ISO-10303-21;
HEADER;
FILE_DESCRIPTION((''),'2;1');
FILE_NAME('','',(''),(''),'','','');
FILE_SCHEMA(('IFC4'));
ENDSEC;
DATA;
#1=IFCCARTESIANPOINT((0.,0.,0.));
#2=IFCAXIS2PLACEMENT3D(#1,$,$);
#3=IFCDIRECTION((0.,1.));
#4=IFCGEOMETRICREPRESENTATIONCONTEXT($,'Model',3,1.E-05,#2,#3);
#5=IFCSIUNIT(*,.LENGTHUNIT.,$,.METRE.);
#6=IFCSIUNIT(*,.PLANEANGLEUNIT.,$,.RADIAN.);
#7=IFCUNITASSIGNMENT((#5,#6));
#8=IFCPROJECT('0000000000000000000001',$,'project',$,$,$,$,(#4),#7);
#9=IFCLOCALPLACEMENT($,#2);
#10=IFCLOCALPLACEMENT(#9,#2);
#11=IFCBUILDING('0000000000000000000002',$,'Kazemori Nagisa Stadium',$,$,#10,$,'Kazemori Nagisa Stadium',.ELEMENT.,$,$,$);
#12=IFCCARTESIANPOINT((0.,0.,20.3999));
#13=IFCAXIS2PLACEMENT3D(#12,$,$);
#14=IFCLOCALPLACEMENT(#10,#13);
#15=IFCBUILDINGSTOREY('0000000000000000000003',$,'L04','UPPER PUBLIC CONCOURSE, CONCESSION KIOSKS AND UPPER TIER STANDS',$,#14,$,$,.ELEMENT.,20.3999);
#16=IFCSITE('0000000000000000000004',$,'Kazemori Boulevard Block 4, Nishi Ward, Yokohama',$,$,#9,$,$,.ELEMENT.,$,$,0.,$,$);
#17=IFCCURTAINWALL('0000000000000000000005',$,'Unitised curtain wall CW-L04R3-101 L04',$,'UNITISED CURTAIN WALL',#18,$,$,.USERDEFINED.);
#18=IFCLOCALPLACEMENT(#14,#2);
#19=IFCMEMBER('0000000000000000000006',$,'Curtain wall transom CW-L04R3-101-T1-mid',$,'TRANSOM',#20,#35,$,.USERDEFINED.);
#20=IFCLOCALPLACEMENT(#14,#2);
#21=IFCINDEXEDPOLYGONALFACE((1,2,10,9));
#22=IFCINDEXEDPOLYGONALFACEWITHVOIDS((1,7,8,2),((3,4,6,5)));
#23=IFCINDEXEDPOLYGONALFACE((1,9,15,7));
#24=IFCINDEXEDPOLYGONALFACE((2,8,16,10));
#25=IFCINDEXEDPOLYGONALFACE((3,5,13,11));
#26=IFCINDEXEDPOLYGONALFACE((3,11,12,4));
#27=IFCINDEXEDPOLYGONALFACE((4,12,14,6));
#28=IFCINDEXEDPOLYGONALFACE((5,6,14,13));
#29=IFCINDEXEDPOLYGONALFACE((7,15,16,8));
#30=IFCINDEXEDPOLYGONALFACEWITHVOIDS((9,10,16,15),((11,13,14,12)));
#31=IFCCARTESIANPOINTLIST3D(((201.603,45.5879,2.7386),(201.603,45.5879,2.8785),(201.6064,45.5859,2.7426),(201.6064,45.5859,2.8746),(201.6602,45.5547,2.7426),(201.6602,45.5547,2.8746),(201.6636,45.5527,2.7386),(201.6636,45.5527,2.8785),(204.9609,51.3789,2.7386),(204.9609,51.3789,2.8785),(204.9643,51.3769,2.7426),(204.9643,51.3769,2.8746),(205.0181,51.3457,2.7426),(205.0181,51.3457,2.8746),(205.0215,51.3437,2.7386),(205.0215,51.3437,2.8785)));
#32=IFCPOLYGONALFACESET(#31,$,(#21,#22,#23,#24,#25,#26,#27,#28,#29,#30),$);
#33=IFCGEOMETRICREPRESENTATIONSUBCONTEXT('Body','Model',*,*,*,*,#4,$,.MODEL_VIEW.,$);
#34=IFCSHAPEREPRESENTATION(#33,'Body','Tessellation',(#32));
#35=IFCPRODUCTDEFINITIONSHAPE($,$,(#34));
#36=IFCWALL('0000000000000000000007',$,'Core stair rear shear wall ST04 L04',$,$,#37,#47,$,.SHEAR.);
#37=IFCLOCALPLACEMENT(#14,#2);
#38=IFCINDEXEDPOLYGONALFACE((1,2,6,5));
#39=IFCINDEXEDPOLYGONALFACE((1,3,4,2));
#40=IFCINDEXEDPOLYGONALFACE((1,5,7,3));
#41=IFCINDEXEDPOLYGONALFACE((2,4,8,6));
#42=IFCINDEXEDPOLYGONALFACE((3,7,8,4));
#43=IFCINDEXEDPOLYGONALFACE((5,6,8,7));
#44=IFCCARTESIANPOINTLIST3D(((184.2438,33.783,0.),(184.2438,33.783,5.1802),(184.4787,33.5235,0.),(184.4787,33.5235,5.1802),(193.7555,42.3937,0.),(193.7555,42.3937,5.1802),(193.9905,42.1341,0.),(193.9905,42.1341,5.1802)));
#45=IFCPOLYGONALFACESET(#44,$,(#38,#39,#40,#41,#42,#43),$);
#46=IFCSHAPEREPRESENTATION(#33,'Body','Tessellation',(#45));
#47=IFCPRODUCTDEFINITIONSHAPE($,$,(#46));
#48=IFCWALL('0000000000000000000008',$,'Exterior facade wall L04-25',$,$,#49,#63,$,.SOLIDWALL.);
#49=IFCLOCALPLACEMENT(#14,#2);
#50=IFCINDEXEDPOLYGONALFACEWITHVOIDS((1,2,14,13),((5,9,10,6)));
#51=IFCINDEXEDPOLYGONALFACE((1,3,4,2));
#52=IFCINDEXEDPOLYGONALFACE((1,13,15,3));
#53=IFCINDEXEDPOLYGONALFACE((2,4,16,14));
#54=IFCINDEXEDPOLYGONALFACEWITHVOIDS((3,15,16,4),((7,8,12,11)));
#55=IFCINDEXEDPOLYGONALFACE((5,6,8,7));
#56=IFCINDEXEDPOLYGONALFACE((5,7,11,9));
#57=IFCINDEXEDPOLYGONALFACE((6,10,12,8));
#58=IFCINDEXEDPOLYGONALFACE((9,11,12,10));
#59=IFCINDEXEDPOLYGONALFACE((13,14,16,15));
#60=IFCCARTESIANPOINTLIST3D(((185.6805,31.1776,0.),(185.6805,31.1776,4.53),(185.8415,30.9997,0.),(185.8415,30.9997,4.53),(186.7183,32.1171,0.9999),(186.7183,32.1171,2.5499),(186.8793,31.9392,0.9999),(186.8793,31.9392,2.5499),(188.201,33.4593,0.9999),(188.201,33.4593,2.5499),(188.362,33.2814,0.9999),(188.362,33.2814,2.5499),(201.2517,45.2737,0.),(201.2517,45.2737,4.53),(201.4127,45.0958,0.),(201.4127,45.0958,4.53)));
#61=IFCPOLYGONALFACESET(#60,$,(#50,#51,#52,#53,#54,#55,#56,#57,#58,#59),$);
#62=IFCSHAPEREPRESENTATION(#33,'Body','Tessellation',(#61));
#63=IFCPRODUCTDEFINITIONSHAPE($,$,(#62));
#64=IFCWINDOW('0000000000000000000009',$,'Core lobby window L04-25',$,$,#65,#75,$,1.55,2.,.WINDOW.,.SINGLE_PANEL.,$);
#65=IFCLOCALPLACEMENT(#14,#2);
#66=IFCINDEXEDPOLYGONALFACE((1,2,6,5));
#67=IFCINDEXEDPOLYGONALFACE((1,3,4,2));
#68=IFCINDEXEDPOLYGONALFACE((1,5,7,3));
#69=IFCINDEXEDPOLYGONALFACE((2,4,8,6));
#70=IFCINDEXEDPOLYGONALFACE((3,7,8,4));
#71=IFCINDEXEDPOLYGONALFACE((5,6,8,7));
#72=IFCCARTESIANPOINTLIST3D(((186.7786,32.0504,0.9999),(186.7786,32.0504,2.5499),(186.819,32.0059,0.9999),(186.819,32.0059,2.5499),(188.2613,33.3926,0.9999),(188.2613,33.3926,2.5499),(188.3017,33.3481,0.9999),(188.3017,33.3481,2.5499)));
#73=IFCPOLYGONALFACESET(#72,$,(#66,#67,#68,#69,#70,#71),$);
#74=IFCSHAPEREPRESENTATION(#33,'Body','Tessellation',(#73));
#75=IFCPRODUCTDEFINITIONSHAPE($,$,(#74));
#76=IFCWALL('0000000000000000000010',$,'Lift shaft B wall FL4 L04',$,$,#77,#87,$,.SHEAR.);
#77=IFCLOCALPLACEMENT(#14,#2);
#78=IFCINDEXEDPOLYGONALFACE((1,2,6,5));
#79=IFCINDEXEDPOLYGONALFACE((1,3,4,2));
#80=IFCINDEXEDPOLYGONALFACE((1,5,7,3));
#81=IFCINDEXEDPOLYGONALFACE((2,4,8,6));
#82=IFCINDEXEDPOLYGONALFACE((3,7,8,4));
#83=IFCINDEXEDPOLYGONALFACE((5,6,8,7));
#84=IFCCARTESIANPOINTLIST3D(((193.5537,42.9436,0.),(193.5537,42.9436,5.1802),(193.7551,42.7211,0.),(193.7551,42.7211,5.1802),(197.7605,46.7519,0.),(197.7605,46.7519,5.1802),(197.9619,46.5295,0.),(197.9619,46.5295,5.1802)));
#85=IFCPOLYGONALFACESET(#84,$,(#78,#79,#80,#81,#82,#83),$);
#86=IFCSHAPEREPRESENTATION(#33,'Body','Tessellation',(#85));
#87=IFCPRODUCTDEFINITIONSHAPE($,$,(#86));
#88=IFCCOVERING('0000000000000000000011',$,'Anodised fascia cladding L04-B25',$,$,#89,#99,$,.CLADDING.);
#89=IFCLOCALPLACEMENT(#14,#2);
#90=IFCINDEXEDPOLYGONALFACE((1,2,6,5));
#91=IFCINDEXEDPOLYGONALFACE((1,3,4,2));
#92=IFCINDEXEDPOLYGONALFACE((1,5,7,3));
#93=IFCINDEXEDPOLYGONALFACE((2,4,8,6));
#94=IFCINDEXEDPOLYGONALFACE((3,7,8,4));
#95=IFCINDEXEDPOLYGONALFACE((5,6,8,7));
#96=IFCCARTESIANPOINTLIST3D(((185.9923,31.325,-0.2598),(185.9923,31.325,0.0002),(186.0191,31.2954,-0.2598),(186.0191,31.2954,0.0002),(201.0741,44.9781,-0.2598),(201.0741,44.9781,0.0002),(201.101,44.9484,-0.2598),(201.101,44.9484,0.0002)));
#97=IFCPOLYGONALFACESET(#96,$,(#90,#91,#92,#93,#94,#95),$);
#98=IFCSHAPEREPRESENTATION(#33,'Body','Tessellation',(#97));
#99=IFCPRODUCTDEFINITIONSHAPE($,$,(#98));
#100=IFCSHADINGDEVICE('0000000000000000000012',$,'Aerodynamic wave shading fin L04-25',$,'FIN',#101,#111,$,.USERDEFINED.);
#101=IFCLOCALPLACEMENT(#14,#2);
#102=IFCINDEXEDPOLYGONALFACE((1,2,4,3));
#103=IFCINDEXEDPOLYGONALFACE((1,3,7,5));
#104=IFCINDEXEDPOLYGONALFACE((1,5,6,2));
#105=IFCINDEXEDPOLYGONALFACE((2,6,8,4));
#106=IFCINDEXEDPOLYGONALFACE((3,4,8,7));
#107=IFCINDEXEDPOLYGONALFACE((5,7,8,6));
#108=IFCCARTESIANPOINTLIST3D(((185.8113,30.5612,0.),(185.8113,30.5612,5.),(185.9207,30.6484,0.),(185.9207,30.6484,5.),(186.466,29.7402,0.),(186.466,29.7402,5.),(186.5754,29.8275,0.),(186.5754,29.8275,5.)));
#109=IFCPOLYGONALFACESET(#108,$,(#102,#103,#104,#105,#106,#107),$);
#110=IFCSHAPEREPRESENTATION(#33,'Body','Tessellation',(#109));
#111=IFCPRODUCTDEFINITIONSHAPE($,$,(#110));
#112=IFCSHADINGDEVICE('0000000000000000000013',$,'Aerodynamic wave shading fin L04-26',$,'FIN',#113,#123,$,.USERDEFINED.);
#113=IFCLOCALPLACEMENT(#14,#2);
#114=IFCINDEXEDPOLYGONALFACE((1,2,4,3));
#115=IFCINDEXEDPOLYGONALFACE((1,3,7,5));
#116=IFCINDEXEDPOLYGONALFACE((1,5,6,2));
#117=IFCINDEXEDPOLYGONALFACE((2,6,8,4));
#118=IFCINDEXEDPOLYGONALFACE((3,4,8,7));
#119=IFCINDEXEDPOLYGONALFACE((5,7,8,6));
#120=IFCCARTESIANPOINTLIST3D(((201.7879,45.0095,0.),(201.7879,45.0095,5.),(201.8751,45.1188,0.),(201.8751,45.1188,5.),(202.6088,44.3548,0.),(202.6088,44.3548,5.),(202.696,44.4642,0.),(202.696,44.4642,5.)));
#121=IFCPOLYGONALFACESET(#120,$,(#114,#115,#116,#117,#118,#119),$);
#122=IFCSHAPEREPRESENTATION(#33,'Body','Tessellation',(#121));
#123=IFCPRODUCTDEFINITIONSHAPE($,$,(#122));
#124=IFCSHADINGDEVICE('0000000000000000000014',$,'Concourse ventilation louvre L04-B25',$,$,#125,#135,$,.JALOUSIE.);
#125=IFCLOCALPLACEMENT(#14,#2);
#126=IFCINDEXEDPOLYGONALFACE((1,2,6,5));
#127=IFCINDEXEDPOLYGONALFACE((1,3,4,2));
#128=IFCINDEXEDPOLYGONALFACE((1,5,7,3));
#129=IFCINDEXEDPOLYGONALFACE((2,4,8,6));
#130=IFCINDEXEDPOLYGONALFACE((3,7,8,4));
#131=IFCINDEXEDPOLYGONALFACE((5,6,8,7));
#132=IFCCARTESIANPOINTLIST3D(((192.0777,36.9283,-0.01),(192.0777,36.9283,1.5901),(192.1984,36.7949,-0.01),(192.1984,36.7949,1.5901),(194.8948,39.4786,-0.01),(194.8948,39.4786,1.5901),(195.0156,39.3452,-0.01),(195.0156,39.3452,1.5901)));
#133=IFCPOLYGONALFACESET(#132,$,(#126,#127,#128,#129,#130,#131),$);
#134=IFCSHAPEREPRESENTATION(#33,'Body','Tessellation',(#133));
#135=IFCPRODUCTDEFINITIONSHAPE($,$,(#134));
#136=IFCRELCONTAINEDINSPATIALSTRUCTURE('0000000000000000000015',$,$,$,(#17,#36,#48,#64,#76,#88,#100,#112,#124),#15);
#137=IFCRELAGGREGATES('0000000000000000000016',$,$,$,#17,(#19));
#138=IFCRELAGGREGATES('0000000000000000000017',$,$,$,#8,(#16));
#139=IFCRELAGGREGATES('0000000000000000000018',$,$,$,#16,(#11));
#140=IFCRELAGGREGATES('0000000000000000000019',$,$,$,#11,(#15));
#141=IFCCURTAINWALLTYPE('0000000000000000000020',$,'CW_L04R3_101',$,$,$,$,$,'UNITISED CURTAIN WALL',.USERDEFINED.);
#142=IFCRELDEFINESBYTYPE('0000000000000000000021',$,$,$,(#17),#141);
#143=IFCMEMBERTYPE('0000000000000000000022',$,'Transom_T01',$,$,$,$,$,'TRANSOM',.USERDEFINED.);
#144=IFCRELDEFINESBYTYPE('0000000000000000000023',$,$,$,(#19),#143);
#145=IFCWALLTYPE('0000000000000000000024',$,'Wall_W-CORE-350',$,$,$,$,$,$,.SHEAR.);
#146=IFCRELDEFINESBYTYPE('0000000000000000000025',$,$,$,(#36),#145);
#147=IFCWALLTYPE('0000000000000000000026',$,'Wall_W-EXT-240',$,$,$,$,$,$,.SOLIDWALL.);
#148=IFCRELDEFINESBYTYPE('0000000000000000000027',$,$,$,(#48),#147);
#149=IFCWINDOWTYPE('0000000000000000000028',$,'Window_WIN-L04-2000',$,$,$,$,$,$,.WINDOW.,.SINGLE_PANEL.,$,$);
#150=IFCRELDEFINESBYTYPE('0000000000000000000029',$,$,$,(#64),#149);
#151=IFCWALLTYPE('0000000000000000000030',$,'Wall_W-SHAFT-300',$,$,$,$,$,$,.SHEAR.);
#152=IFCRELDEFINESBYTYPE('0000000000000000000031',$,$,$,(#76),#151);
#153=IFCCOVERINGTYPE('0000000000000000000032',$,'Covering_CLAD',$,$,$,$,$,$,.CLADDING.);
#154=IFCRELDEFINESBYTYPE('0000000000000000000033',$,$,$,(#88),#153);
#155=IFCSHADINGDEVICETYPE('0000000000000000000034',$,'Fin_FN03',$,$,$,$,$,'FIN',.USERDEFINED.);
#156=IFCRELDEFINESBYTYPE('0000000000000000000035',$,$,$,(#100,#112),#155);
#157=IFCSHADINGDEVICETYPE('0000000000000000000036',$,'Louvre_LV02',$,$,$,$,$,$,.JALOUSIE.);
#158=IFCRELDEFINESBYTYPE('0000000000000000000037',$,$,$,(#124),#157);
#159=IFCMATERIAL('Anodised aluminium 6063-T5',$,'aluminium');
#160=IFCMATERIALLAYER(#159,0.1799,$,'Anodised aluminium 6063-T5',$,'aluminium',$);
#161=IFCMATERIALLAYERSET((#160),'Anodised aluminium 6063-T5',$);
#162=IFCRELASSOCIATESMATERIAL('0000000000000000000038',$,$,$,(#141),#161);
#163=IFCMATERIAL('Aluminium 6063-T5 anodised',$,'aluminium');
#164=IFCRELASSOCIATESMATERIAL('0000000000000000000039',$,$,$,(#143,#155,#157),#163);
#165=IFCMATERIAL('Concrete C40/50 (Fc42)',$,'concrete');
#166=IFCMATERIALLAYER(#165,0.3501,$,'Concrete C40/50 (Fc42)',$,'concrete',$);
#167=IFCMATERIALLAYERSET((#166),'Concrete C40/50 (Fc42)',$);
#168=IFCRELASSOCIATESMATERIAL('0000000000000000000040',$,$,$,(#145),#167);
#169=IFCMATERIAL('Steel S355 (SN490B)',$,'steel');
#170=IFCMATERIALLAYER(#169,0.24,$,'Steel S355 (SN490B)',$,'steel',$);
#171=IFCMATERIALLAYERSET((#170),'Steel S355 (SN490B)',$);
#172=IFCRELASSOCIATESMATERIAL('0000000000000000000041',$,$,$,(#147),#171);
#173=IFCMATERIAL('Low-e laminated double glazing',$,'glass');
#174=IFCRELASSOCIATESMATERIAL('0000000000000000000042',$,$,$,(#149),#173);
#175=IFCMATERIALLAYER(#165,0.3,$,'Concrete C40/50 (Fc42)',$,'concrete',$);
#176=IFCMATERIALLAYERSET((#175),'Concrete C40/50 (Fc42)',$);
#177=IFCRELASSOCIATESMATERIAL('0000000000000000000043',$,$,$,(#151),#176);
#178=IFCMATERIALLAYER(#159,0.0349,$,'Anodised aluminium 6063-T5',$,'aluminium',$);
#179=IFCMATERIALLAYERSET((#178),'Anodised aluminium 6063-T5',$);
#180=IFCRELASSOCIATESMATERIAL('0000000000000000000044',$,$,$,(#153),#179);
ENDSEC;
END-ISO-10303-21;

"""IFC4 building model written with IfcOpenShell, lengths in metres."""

from ifc_helpers import new_model, si_unit, direction, frame, frame_2d, origin, origin_2d, place, context, subcontext, project, spatial, rectangle, hollow_rectangle, extrude, material, layer, layer_set, material_profile, profile_set, type_object, element, fill, aggregate, save


model = new_model("IFC4")

# Units and contexts
model_context = context("Model", 3, precision=1e-05, world=origin(), true_north=direction((0.0, 1.0)))
body_context = subcontext(model_context, "Body", "Model", "MODEL_VIEW")
ifc_project = project(units=[si_unit("LENGTHUNIT", "METRE"), si_unit("PLANEANGLEUNIT", "RADIAN")], contexts=[model_context])

# Site, building, storey
site_placement = place(None, origin())
site = spatial("IfcSite", under=ifc_project, at=site_placement, Name="Kazemori Boulevard Block 4, Nishi Ward, Yokohama", CompositionType="ELEMENT", RefElevation=0.0)
building_placement = place(site_placement, origin())
building = spatial("IfcBuilding", under=site, at=building_placement, Name="Kazemori Nagisa Stadium", LongName="Kazemori Nagisa Stadium", CompositionType="ELEMENT")
storey_placement = place(building_placement, frame((0.0, 0.0, 20.3999)))
storey = spatial("IfcBuildingStorey", under=building, at=storey_placement, Name="L04", Description="UPPER PUBLIC CONCOURSE, CONCESSION KIOSKS AND UPPER TIER STANDS", CompositionType="ELEMENT", Elevation=20.3999)

# Shared definitions
ifc_material_1 = material(Name="Concrete C40/50 (Fc42)", Category="concrete")

# Curtain wall, member
ifc_material_2 = material(Name="Anodised aluminium 6063-T5", Category="aluminium")
ifc_layer_1 = layer(ifc_material_2, 0.1799, Name="Anodised aluminium 6063-T5", Category="aluminium")
ifc_layer_set_1 = layer_set([ifc_layer_1], Name="Anodised aluminium 6063-T5")
curtain_wall_type = type_object("IfcCurtainWallType", Name="CW_L04R3_101", ElementType="UNITISED CURTAIN WALL", PredefinedType="USERDEFINED", material=ifc_layer_set_1)
curtain_wall_placement = place(storey_placement, origin())
curtain_wall = element("IfcCurtainWall", 1, at=curtain_wall_placement, inside=storey, type_object=curtain_wall_type, Name="Unitised curtain wall CW-L04R3-101 L04", ObjectType="UNITISED CURTAIN WALL", PredefinedType="USERDEFINED")
ifc_material_3 = material(Name="Aluminium 6063-T5 anodised", Category="aluminium")
ifc_material_profile_1 = material_profile(ifc_material_3, hollow_rectangle(XDim=0.0701, YDim=0.1399, WallThickness=0.0039, at=origin_2d()), Name="ALU-TRAN-70x140x4")
ifc_profile_set_1 = profile_set([ifc_material_profile_1], Name="Aluminium 6063-T5 anodised")
member_type_1 = type_object("IfcMemberType", Name="Transom_T01", ElementType="TRANSOM", PredefinedType="USERDEFINED", material=ifc_profile_set_1)
member_1_placement = place(storey_placement, frame((201.6333, 45.5703, 2.8086), z_axis=(0.50162, 0.865088, 0.0), x_axis=(-0.865088, 0.50162, 0.0)))
member_1 = element("IfcMember", 2, at=member_1_placement, type_object=member_type_1, Name="Curtain wall transom CW-L04R3-101-T1-mid", ObjectType="TRANSOM", PredefinedType="USERDEFINED", context=body_context, shape_type="SweptSolid", body=[
    extrude(hollow_rectangle(XDim=0.0701, YDim=0.1399, WallThickness=0.0039, at=origin_2d()), origin(), (0.0, 0.0, 1.0), 6.6941),
])
aggregate(curtain_wall, [member_1])

# Wall
ifc_layer_2 = layer(ifc_material_1, 0.3501, Name="Concrete C40/50 (Fc42)", Category="concrete")
ifc_layer_set_2 = layer_set([ifc_layer_2], Name="Concrete C40/50 (Fc42)")
wall_type_1 = type_object("IfcWallType", Name="Wall_W-CORE-350", PredefinedType="SHEAR", material=ifc_layer_set_2)
wall_1_placement = place(storey_placement, frame((184.3613, 33.6533, 0.0), z_axis=(0.0, 0.0, 1.0), x_axis=(0.741351, 0.671117, 0.0)))
element("IfcWall", 3, at=wall_1_placement, inside=storey, type_object=wall_type_1, Name="Core stair rear shear wall ST04 L04", PredefinedType="SHEAR", context=body_context, shape_type="SweptSolid", body=[
    extrude(rectangle(XDim=12.8303, YDim=0.3501, at=frame_2d((6.415, 0.0))), origin(), (0.0, 0.0, 1.0), 5.1802),
])

# Wall, opening, window
ifc_material_4 = material(Name="Steel S355 (SN490B)", Category="steel")
ifc_layer_3 = layer(ifc_material_4, 0.24, Name="Steel S355 (SN490B)", Category="steel")
ifc_layer_set_3 = layer_set([ifc_layer_3], Name="Steel S355 (SN490B)")
wall_type_2 = type_object("IfcWallType", Name="Wall_W-EXT-240", PredefinedType="SOLIDWALL", material=ifc_layer_set_3)
wall_2_placement = place(storey_placement, frame((185.761, 31.0886, 0.0), z_axis=(0.0, 0.0, 1.0), x_axis=(0.741349, 0.67112, 0.0)))
wall_2 = element("IfcWall", 4, at=wall_2_placement, inside=storey, type_object=wall_type_2, Name="Exterior facade wall L04-25", PredefinedType="SOLIDWALL", context=body_context, shape_type="SweptSolid", body=[
    extrude(rectangle(XDim=21.0039, YDim=0.24, at=frame_2d((10.502, 0.0))), origin(), (0.0, 0.0, 1.0), 4.53),
])
opening_placement = place(wall_2_placement, frame((1.3999, 0.0, 1.0)))
opening = element("IfcOpeningElement", 5, at=opening_placement, cuts=wall_2, PredefinedType="OPENING", context=body_context, shape_type="SweptSolid", body=[
    extrude(rectangle(XDim=2.0, YDim=1.55, at=frame_2d((1.0, 0.7749))), frame((0.0, 0.1299, 0.0), z_axis=(0.0, -1.0, 0.0), x_axis=(1.0, 0.0, 0.0)), (0.0, 0.0, 1.0), 0.26),
])
ifc_material_5 = material(Name="Low-e laminated double glazing", Category="glass")
window_type = type_object("IfcWindowType", Name="Window_WIN-L04-2000", PartitioningType="SINGLE_PANEL", PredefinedType="WINDOW", material=ifc_material_5)
window_placement = place(opening_placement, origin())
window = element("IfcWindow", 6, at=window_placement, inside=storey, type_object=window_type, Name="Core lobby window L04-25", OverallHeight=1.55, OverallWidth=2.0, PartitioningType="SINGLE_PANEL", PredefinedType="WINDOW", context=body_context, shape_type="SweptSolid", body=[
    extrude(rectangle(XDim=2.0, YDim=1.55, at=frame_2d((1.0, 0.7749))), frame((0.0, 0.03, 0.0), z_axis=(0.0, -1.0, 0.0), x_axis=(1.0, 0.0, 0.0)), (0.0, 0.0, 1.0), 0.0601),
])
fill(opening, window)

# Wall
ifc_layer_4 = layer(ifc_material_1, 0.3, Name="Concrete C40/50 (Fc42)", Category="concrete")
ifc_layer_set_4 = layer_set([ifc_layer_4], Name="Concrete C40/50 (Fc42)")
wall_type_3 = type_object("IfcWallType", Name="Wall_W-SHAFT-300", PredefinedType="SHEAR", material=ifc_layer_set_4)
wall_3_placement = place(storey_placement, frame((193.6543, 42.8323, 0.0), z_axis=(0.0, 0.0, 1.0), x_axis=(0.741342, 0.671127, 0.0)))
element("IfcWall", 7, at=wall_3_placement, inside=storey, type_object=wall_type_3, Name="Lift shaft B wall FL4 L04", PredefinedType="SHEAR", context=body_context, shape_type="SweptSolid", body=[
    extrude(rectangle(XDim=5.6746, YDim=0.3, at=frame_2d((2.8374, 0.0))), origin(), (0.0, 0.0, 1.0), 5.1802),
])

# Covering
ifc_layer_5 = layer(ifc_material_2, 0.0349, Name="Anodised aluminium 6063-T5", Category="aluminium")
ifc_layer_set_5 = layer_set([ifc_layer_5], Name="Anodised aluminium 6063-T5")
covering_type = type_object("IfcCoveringType", Name="Covering_CLAD", PredefinedType="CLADDING", material=ifc_layer_set_5)
covering_placement = place(storey_placement, frame((193.5466, 38.1367, -0.2598), z_axis=(0.0, 0.0, 1.0), x_axis=(0.741351, 0.671118, 0.0)))
element("IfcCovering", 8, at=covering_placement, inside=storey, type_object=covering_type, Name="Anodised fascia cladding L04-B25", PredefinedType="CLADDING", context=body_context, shape_type="SweptSolid", body=[
    extrude(rectangle(XDim=20.3438, YDim=0.04, at=origin_2d()), origin(), (0.0, 0.0, 1.0), 0.26),
])

# Shading devices
shading_device_type_1 = type_object("IfcShadingDeviceType", Name="Fin_FN03", ElementType="FIN", PredefinedType="USERDEFINED", material=ifc_material_3)
for number, where, z_axis, x_axis, name in (
    (9, (186.1934, 30.1943, 0.0), (0.0, 0.0, 1.0), (0.62349, -0.781831, 0.0), "Aerodynamic wave shading fin L04-25"),
    (10, (202.2419, 44.7368, 0.0), (0.0, 0.0, 1.0), (0.781831, -0.62349, 0.0), "Aerodynamic wave shading fin L04-26"),
):
    element("IfcShadingDevice", number, at=place(storey_placement, frame(where, z_axis=z_axis, x_axis=x_axis)), inside=storey, type_object=shading_device_type_1, Name=name, ObjectType="FIN", PredefinedType="USERDEFINED", context=body_context, shape_type="SweptSolid", body=[
        extrude(rectangle(XDim=1.05, YDim=0.1399, at=origin_2d()), origin(), (0.0, 0.0, 1.0), 5.0),
    ])
shading_device_type_2 = type_object("IfcShadingDeviceType", Name="Louvre_LV02", PredefinedType="JALOUSIE", material=ifc_material_3)
shading_device_placement = place(storey_placement, frame((193.5466, 38.1367, -0.01), z_axis=(0.0, 0.0, 1.0), x_axis=(0.741351, 0.671118, 0.0)))
element("IfcShadingDevice", 11, at=shading_device_placement, inside=storey, type_object=shading_device_type_2, Name="Concourse ventilation louvre L04-B25", PredefinedType="JALOUSIE", context=body_context, shape_type="SweptSolid", body=[
    extrude(rectangle(XDim=3.8, YDim=0.1799, at=origin_2d()), origin(), (0.0, 0.0, 1.0), 1.6001),
])

save(model, "model.ifc")
